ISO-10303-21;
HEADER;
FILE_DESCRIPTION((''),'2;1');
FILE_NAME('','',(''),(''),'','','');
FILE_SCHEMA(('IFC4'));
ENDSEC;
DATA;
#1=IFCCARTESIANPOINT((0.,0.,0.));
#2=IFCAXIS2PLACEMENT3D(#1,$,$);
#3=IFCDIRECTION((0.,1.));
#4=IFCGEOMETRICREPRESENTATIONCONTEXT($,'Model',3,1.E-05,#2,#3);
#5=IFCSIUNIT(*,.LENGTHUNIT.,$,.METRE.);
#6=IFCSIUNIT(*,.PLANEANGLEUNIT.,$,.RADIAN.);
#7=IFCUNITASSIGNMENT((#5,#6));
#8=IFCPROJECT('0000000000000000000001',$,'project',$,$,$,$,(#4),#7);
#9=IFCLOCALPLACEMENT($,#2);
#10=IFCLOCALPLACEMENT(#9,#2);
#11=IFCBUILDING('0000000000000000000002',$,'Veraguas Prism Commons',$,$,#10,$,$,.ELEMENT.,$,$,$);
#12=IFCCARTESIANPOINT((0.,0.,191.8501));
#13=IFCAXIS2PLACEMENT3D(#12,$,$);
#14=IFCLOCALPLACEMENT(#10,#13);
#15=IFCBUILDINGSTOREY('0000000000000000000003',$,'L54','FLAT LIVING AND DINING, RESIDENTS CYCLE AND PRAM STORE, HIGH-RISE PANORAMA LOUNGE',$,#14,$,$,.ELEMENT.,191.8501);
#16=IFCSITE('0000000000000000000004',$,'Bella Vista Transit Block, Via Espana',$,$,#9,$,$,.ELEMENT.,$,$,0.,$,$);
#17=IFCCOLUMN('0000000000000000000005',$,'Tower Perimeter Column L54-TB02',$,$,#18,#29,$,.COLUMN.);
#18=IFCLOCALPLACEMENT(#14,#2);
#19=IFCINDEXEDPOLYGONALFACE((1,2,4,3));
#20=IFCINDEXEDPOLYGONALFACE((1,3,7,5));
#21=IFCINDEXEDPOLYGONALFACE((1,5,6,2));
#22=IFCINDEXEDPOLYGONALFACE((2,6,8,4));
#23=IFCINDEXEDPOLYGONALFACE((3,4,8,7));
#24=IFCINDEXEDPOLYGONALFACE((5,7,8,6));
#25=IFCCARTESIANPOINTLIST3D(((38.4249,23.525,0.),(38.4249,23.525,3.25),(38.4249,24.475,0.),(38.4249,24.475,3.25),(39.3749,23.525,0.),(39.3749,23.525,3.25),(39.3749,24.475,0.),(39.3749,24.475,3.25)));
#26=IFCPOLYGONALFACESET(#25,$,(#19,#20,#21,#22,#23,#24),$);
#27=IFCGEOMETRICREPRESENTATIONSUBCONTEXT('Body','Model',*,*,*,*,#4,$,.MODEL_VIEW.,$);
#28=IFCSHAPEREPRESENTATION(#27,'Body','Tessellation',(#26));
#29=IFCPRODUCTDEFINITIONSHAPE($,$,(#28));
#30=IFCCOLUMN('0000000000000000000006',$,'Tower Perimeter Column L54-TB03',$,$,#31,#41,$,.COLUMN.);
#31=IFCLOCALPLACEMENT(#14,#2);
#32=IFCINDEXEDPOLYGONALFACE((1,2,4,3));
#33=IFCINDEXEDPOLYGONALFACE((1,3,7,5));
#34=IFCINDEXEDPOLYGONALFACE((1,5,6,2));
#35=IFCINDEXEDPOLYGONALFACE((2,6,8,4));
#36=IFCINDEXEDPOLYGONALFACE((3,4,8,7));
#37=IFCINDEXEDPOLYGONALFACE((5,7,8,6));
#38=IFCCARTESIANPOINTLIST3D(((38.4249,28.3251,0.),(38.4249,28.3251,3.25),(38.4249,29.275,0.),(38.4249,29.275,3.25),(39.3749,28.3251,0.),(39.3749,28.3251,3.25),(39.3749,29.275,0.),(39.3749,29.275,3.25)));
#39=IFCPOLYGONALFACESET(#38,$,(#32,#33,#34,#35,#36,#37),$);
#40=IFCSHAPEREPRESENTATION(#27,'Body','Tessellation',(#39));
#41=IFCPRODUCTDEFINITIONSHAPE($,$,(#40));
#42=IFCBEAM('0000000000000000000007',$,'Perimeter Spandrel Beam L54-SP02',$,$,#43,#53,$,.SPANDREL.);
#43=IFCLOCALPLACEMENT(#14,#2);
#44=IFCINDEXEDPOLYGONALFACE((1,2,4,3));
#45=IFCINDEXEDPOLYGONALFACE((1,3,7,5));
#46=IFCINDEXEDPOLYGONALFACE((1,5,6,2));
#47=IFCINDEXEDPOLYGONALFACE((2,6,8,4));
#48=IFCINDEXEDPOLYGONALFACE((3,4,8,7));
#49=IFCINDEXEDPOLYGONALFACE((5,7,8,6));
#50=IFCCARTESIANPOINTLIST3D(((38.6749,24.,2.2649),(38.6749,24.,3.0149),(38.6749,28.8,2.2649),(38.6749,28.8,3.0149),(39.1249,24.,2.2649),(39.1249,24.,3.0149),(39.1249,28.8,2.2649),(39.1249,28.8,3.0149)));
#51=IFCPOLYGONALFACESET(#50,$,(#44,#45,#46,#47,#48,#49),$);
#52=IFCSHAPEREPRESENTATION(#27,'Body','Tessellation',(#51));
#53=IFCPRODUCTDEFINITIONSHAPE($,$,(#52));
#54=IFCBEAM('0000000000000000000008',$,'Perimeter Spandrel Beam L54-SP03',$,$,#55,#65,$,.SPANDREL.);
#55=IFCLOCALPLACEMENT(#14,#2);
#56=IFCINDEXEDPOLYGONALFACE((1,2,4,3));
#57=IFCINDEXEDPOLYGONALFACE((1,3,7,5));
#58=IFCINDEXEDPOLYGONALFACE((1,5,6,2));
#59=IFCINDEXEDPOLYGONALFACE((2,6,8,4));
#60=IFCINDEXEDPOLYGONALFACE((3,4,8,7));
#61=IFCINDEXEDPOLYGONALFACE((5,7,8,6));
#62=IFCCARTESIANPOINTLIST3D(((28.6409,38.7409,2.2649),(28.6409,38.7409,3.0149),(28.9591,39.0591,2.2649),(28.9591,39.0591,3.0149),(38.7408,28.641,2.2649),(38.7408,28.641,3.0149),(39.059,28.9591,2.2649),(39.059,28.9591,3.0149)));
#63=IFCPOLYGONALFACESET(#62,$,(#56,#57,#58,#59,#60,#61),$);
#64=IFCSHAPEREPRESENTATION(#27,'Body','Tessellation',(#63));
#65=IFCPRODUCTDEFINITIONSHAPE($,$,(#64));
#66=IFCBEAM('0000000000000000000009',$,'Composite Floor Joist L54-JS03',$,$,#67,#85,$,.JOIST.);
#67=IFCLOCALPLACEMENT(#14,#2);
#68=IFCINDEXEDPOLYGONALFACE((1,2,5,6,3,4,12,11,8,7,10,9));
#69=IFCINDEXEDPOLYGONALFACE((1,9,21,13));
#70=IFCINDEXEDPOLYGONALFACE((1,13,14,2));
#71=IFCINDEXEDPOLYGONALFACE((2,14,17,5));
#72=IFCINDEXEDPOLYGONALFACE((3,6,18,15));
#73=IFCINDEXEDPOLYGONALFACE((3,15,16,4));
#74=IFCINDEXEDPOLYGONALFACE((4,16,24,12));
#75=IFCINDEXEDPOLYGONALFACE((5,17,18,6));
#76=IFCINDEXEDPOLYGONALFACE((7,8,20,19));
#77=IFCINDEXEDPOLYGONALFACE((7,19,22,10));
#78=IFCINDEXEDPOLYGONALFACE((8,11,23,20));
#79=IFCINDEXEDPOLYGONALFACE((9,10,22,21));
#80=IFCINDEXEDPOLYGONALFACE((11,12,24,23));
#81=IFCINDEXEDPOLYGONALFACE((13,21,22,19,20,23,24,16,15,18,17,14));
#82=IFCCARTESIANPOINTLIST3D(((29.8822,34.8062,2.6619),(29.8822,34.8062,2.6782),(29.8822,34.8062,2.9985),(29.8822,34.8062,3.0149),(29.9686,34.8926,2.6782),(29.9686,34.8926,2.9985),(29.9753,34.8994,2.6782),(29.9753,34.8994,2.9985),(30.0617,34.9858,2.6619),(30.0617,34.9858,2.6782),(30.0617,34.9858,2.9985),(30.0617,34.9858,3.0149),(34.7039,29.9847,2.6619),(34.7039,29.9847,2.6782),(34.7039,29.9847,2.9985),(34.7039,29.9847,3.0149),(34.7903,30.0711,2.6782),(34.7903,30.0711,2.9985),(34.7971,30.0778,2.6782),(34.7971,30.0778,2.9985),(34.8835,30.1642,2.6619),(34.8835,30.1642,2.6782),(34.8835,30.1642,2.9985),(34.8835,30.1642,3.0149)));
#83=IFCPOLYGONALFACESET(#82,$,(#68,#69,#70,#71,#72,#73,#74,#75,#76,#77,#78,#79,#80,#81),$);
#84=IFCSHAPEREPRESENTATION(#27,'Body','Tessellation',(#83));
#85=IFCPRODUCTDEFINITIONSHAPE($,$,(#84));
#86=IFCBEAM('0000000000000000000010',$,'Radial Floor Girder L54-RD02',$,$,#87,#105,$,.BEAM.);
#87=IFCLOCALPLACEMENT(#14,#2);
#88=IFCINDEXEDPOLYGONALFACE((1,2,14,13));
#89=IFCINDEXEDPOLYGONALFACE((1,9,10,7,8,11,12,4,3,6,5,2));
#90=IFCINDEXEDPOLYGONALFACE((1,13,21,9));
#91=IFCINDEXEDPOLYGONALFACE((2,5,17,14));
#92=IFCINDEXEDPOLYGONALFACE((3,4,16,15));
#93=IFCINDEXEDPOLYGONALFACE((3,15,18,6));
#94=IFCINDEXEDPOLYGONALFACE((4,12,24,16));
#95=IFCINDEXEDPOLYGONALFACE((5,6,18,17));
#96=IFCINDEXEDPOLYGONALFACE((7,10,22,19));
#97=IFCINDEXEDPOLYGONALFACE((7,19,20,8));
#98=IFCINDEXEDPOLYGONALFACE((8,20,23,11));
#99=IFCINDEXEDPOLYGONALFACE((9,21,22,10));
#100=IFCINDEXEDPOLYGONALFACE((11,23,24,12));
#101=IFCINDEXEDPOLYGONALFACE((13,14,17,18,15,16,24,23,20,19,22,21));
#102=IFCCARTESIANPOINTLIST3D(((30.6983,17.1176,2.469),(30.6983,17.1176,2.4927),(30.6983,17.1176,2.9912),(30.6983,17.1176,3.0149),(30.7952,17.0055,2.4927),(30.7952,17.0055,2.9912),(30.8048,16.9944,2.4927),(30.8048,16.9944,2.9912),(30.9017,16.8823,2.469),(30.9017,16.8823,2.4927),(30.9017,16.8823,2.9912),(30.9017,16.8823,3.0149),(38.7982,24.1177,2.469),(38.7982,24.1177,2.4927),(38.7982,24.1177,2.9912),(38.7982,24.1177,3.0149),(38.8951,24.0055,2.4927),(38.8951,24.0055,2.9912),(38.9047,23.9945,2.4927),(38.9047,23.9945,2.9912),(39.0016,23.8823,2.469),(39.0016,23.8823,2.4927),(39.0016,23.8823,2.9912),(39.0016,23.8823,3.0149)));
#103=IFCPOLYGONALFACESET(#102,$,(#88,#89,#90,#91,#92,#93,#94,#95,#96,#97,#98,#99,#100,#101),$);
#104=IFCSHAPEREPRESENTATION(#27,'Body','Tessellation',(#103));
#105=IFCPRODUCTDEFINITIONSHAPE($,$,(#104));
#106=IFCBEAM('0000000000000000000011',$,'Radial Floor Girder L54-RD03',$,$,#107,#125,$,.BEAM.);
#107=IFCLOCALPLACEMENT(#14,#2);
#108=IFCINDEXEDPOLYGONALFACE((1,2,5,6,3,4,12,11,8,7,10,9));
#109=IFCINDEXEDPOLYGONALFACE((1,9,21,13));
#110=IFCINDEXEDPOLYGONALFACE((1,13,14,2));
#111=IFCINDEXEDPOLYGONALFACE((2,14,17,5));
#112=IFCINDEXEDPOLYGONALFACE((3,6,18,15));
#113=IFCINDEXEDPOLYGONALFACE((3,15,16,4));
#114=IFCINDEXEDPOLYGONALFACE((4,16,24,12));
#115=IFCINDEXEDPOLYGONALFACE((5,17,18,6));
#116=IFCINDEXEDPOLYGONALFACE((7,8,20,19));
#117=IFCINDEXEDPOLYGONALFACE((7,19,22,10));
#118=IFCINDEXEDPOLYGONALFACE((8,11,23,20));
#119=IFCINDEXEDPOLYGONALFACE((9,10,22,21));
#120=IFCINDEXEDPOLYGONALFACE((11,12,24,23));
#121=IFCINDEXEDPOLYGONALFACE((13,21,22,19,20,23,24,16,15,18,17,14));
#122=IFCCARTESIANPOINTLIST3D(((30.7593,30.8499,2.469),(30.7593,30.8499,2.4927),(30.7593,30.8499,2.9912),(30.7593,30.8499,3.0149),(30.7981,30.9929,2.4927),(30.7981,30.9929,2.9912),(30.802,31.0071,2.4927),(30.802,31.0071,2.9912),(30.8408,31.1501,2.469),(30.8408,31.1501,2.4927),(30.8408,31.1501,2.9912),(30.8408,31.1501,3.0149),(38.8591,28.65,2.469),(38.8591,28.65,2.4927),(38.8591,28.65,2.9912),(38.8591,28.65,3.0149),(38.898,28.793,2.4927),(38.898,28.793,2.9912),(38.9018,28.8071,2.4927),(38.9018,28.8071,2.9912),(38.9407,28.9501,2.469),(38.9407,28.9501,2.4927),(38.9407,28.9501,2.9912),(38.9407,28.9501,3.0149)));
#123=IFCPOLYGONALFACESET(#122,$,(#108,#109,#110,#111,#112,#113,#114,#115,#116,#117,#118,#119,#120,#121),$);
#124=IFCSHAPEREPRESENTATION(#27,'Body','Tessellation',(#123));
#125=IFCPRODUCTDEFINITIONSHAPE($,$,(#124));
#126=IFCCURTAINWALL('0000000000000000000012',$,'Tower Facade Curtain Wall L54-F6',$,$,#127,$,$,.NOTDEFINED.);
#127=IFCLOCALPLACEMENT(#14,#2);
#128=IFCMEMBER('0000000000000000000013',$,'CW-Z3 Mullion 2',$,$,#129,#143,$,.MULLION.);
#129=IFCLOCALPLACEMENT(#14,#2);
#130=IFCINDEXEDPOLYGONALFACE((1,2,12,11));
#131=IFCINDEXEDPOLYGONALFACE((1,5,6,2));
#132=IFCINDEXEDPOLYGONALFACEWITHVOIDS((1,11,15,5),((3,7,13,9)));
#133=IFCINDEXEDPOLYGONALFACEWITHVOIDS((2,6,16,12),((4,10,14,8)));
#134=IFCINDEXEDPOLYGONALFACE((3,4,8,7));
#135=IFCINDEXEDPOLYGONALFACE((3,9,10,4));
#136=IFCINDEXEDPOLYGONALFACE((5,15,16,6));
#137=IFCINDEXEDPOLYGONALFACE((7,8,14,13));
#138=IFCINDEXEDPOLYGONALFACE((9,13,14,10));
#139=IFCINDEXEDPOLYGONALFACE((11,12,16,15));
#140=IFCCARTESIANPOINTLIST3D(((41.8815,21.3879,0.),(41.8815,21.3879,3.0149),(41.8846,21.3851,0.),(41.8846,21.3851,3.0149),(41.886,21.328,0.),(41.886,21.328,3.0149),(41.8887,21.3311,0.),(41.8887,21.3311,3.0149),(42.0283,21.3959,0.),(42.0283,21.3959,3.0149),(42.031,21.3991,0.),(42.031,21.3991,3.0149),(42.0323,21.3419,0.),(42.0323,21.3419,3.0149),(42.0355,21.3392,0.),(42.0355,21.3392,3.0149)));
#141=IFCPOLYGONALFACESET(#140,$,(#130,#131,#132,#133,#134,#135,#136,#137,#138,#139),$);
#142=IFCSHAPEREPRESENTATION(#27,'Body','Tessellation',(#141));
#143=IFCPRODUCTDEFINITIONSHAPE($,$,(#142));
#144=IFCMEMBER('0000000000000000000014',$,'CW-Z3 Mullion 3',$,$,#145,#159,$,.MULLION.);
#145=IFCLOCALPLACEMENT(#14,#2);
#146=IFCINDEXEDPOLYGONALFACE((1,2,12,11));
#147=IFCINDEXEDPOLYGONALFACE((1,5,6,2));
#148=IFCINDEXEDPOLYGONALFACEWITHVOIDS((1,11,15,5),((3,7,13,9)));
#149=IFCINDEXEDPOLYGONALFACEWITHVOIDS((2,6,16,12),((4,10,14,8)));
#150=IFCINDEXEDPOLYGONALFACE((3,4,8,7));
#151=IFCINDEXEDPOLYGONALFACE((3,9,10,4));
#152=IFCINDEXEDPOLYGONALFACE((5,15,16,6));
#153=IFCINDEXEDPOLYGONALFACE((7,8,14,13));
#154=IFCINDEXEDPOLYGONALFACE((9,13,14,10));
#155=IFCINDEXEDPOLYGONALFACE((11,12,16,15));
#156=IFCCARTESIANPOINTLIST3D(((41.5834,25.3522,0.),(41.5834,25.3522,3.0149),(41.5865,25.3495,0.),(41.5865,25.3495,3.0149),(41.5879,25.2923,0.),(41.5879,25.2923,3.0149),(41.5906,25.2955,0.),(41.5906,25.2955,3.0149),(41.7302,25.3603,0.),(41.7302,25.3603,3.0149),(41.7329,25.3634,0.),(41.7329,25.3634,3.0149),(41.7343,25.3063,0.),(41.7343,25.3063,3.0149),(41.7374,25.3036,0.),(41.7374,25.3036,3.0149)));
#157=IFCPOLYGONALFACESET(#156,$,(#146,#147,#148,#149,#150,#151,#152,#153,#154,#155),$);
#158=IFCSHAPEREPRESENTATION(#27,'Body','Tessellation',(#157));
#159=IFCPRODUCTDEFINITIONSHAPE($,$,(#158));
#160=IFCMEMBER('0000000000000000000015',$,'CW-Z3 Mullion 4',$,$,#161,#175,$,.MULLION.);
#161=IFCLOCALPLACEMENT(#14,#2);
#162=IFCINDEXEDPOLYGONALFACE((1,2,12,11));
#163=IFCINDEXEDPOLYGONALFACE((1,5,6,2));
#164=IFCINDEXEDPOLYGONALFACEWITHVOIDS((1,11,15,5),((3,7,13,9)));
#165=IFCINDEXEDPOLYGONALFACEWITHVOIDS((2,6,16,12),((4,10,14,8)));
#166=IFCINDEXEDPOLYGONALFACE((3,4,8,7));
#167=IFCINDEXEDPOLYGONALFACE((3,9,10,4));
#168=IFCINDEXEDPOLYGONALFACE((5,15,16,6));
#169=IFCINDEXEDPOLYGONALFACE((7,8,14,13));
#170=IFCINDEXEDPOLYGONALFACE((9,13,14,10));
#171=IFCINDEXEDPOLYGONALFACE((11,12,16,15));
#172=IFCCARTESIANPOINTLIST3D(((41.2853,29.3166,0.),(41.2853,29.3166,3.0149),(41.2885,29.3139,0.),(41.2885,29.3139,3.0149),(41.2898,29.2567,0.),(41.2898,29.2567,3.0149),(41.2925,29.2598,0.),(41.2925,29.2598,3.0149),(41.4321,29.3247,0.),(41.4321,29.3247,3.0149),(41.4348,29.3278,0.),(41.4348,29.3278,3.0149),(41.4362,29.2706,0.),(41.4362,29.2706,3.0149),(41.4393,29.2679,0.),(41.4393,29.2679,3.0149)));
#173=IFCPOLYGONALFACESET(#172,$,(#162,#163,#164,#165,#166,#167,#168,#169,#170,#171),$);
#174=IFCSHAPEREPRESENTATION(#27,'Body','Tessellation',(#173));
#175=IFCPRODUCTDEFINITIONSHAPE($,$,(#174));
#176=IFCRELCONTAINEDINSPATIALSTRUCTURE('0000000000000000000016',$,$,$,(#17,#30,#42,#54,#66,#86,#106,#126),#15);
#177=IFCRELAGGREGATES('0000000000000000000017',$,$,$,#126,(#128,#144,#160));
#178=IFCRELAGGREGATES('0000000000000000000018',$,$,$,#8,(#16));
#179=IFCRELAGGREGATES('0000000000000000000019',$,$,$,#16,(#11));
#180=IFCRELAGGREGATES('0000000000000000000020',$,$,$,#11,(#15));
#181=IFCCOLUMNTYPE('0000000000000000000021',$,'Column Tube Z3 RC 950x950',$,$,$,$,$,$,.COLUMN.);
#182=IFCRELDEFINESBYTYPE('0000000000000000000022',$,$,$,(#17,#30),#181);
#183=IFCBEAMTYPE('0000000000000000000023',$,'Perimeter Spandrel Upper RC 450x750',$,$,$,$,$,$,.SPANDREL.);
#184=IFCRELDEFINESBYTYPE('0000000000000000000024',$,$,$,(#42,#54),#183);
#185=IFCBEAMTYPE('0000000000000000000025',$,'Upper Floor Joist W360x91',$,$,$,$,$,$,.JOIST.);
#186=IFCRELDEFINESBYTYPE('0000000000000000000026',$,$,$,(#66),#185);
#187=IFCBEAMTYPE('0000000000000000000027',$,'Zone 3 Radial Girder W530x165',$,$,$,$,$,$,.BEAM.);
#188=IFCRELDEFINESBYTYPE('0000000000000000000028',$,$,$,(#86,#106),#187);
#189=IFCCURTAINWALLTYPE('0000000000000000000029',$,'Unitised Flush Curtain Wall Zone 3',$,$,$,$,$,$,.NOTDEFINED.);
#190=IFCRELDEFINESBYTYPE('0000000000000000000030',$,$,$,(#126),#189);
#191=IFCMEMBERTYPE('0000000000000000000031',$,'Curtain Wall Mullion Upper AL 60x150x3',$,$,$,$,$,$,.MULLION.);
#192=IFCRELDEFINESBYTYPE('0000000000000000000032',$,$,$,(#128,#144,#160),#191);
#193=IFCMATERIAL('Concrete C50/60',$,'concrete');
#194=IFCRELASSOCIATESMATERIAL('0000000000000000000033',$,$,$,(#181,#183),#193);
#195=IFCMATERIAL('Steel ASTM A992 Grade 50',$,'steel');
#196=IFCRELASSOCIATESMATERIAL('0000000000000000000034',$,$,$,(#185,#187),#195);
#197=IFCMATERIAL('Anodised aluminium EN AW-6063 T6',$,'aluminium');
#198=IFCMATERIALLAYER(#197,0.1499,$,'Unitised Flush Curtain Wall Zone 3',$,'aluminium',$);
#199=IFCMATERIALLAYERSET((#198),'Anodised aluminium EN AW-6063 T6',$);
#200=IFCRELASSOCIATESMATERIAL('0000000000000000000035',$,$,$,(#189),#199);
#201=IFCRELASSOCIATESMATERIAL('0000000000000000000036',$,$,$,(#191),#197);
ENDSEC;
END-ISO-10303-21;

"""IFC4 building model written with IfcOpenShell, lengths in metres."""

from ifc_helpers import new_model, si_unit, direction, frame, origin, origin_2d, place, context, subcontext, project, spatial, rectangle, hollow_rectangle, i_section, extrude, source, transform, mapped, material, layer, layer_set, material_profile, profile_set, type_object, element, aggregate, save


model = new_model("IFC4")

# Units and contexts
model_context = context("Model", 3, precision=1e-05, world=origin(), true_north=direction((0.0, 1.0)))
body_context = subcontext(model_context, "Body", "Model", "MODEL_VIEW")
ifc_project = project(units=[si_unit("LENGTHUNIT", "METRE"), si_unit("PLANEANGLEUNIT", "RADIAN")], contexts=[model_context])

# Site, building, storey
site_placement = place(None, origin())
site = spatial("IfcSite", under=ifc_project, at=site_placement, Name="Bella Vista Transit Block, Via Espana", CompositionType="ELEMENT", RefElevation=0.0)
building_placement = place(site_placement, origin())
building = spatial("IfcBuilding", under=site, at=building_placement, Name="Veraguas Prism Commons", CompositionType="ELEMENT")
storey_placement = place(building_placement, frame((0.0, 0.0, 191.8501)))
storey = spatial("IfcBuildingStorey", under=building, at=storey_placement, Name="L54", Description="FLAT LIVING AND DINING, RESIDENTS CYCLE AND PRAM STORE, HIGH-RISE PANORAMA LOUNGE", CompositionType="ELEMENT", Elevation=191.8501)

# Columns
ifc_material_1 = material(Name="Concrete C50/60", Category="concrete")
ifc_material_profile_1 = material_profile(ifc_material_1, rectangle(XDim=0.95, YDim=0.95, at=origin_2d()), Name="RC950X950")
ifc_profile_set_1 = profile_set([ifc_material_profile_1], Name="Concrete C50/60")
column_type = type_object("IfcColumnType", Name="Column Tube Z3 RC 950x950", PredefinedType="COLUMN", material=ifc_profile_set_1)
for number, where, z_axis, x_axis, name in (
    (1, (38.8999, 24.0, 0.0), (0.0, 0.0, 1.0), (1.0, 0.0, 0.0), "Tower Perimeter Column L54-TB02"),
    (2, (38.8999, 28.8, 0.0), (0.0, 0.0, 1.0), (1.0, 0.0, 0.0), "Tower Perimeter Column L54-TB03"),
):
    element("IfcColumn", number, at=place(storey_placement, frame(where, z_axis=z_axis, x_axis=x_axis)), inside=storey, type_object=column_type, Name=name, PredefinedType="COLUMN", context=body_context, shape_type="SweptSolid", body=[
        extrude(rectangle(XDim=0.95, YDim=0.95, at=origin_2d()), origin(), (0.0, 0.0, 1.0), 3.25),
    ])

# Beams
ifc_material_profile_2 = material_profile(ifc_material_1, rectangle(XDim=0.45, YDim=0.75, at=origin_2d()), Name="RC450X750")
ifc_profile_set_2 = profile_set([ifc_material_profile_2], Name="Concrete C50/60")
beam_type_1 = type_object("IfcBeamType", Name="Perimeter Spandrel Upper RC 450x750", PredefinedType="SPANDREL", material=ifc_profile_set_2)
beam_1_placement = place(storey_placement, frame((38.8999, 24.0, 2.6399), z_axis=(0.0, 1.0, 0.0), x_axis=(-1.0, 0.0, 0.0)))
element("IfcBeam", 3, at=beam_1_placement, inside=storey, type_object=beam_type_1, Name="Perimeter Spandrel Beam L54-SP02", PredefinedType="SPANDREL", context=body_context, shape_type="SweptSolid", body=[
    extrude(rectangle(XDim=0.45, YDim=0.75, at=origin_2d()), origin(), (0.0, 0.0, 1.0), 4.8),
])
beam_2_placement = place(storey_placement, frame((38.8999, 28.8, 2.6399), z_axis=(-0.707107, 0.707107, 0.0), x_axis=(-0.707107, -0.707107, 0.0)))
element("IfcBeam", 4, at=beam_2_placement, inside=storey, type_object=beam_type_1, Name="Perimeter Spandrel Beam L54-SP03", PredefinedType="SPANDREL", context=body_context, shape_type="SweptSolid", body=[
    extrude(rectangle(XDim=0.45, YDim=0.75, at=origin_2d()), origin(), (0.0, 0.0, 1.0), 14.2834),
])
ifc_material_2 = material(Name="Steel ASTM A992 Grade 50", Category="steel")
ifc_material_profile_3 = material_profile(ifc_material_2, i_section(OverallWidth=0.2539, OverallDepth=0.353, WebThickness=0.0095, FlangeThickness=0.0164, at=origin_2d()), Name="W360X91")
ifc_profile_set_3 = profile_set([ifc_material_profile_3], Name="Steel ASTM A992 Grade 50")
beam_type_2 = type_object("IfcBeamType", Name="Upper Floor Joist W360x91", PredefinedType="JOIST", material=ifc_profile_set_3)
beam_3_placement = place(storey_placement, frame((34.7937, 30.0745, 2.8384), z_axis=(-0.707125, 0.707089, 0.0), x_axis=(-0.707089, -0.707125, 0.0)))
element("IfcBeam", 5, at=beam_3_placement, inside=storey, type_object=beam_type_2, Name="Composite Floor Joist L54-JS03", PredefinedType="JOIST", context=body_context, shape_type="SweptSolid", body=[
    extrude(i_section(OverallWidth=0.2539, OverallDepth=0.353, WebThickness=0.0095, FlangeThickness=0.0164, at=origin_2d()), origin(), (0.0, 0.0, 1.0), 6.8188),
])
ifc_material_profile_4 = material_profile(ifc_material_2, i_section(OverallWidth=0.311, OverallDepth=0.5459, WebThickness=0.0146, FlangeThickness=0.0237, at=origin_2d()), Name="W530X165")
ifc_profile_set_4 = profile_set([ifc_material_profile_4], Name="Steel ASTM A992 Grade 50")
beam_type_3 = type_object("IfcBeamType", Name="Zone 3 Radial Girder W530x165", PredefinedType="BEAM", material=ifc_profile_set_4)
beam_4_placement = place(storey_placement, frame((38.8999, 24.0, 2.7419), z_axis=(-0.756607, -0.65387, 0.0), x_axis=(0.65387, -0.756607, 0.0)))
element("IfcBeam", 6, at=beam_4_placement, inside=storey, type_object=beam_type_3, Name="Radial Floor Girder L54-RD02", PredefinedType="BEAM", context=body_context, shape_type="SweptSolid", body=[
    extrude(i_section(OverallWidth=0.311, OverallDepth=0.5459, WebThickness=0.0146, FlangeThickness=0.0237, at=origin_2d()), origin(), (0.0, 0.0, 1.0), 10.7056),
])
beam_5_placement = place(storey_placement, frame((38.8999, 28.8, 2.7419), z_axis=(-0.965039, 0.262108, 0.0), x_axis=(-0.262108, -0.965039, 0.0)))
element("IfcBeam", 7, at=beam_5_placement, inside=storey, type_object=beam_type_3, Name="Radial Floor Girder L54-RD03", PredefinedType="BEAM", context=body_context, shape_type="SweptSolid", body=[
    extrude(i_section(OverallWidth=0.311, OverallDepth=0.5459, WebThickness=0.0146, FlangeThickness=0.0237, at=origin_2d()), origin(), (0.0, 0.0, 1.0), 8.3933),
])

# Curtain wall, members
ifc_material_3 = material(Name="Anodised aluminium EN AW-6063 T6", Category="aluminium")
ifc_layer_1 = layer(ifc_material_3, 0.1499, Name="Unitised Flush Curtain Wall Zone 3", Category="aluminium")
ifc_layer_set_1 = layer_set([ifc_layer_1], Name="Anodised aluminium EN AW-6063 T6")
curtain_wall_type = type_object("IfcCurtainWallType", Name="Unitised Flush Curtain Wall Zone 3", PredefinedType="NOTDEFINED", material=ifc_layer_set_1)
curtain_wall_placement = place(storey_placement, origin())
curtain_wall = element("IfcCurtainWall", 8, at=curtain_wall_placement, inside=storey, type_object=curtain_wall_type, Name="Tower Facade Curtain Wall L54-F6", PredefinedType="NOTDEFINED")
ifc_material_profile_5 = material_profile(ifc_material_3, hollow_rectangle(XDim=0.0601, YDim=0.1499, WallThickness=0.0029, at=origin_2d()), Name="AL60X150X3")
ifc_profile_set_5 = profile_set([ifc_material_profile_5], Name="Anodised aluminium EN AW-6063 T6")
member_type = type_object("IfcMemberType", Name="Curtain Wall Mullion Upper AL 60x150x3", PredefinedType="MULLION", material=ifc_profile_set_5)
shared_shape_1 = source(origin(), body_context, "Body", "SweptSolid", [
    extrude(hollow_rectangle(XDim=0.0601, YDim=0.1499, WallThickness=0.0029, at=origin_2d()), origin(), (0.0, 0.0, 1.0), 3.0149),
])
member_1_placement = place(storey_placement, frame((41.9585, 21.3635, 0.0), z_axis=(0.0, 0.0, 1.0), x_axis=(-0.074975, 0.997185, 0.0)))
member_1 = element("IfcMember", 9, at=member_1_placement, type_object=member_type, Name="CW-Z3 Mullion 2", PredefinedType="MULLION", context=body_context, shape_type="MappedRepresentation", body=[
    mapped(shared_shape_1, transform((0.0, 0.0, 0.0), scale=1.0)),
])
member_2_placement = place(storey_placement, frame((41.6604, 25.3279, 0.0), z_axis=(0.0, 0.0, 1.0), x_axis=(-0.074975, 0.997185, 0.0)))
member_2 = element("IfcMember", 10, at=member_2_placement, type_object=member_type, Name="CW-Z3 Mullion 3", PredefinedType="MULLION", context=body_context, shape_type="MappedRepresentation", body=[
    mapped(shared_shape_1, transform((0.0, 0.0, 0.0), scale=1.0)),
])
member_3_placement = place(storey_placement, frame((41.3623, 29.2922, 0.0), z_axis=(0.0, 0.0, 1.0), x_axis=(-0.074975, 0.997185, 0.0)))
member_3 = element("IfcMember", 11, at=member_3_placement, type_object=member_type, Name="CW-Z3 Mullion 4", PredefinedType="MULLION", context=body_context, shape_type="MappedRepresentation", body=[
    mapped(shared_shape_1, transform((0.0, 0.0, 0.0), scale=1.0)),
])
aggregate(curtain_wall, [member_1, member_2, member_3])

save(model, "model.ifc")
